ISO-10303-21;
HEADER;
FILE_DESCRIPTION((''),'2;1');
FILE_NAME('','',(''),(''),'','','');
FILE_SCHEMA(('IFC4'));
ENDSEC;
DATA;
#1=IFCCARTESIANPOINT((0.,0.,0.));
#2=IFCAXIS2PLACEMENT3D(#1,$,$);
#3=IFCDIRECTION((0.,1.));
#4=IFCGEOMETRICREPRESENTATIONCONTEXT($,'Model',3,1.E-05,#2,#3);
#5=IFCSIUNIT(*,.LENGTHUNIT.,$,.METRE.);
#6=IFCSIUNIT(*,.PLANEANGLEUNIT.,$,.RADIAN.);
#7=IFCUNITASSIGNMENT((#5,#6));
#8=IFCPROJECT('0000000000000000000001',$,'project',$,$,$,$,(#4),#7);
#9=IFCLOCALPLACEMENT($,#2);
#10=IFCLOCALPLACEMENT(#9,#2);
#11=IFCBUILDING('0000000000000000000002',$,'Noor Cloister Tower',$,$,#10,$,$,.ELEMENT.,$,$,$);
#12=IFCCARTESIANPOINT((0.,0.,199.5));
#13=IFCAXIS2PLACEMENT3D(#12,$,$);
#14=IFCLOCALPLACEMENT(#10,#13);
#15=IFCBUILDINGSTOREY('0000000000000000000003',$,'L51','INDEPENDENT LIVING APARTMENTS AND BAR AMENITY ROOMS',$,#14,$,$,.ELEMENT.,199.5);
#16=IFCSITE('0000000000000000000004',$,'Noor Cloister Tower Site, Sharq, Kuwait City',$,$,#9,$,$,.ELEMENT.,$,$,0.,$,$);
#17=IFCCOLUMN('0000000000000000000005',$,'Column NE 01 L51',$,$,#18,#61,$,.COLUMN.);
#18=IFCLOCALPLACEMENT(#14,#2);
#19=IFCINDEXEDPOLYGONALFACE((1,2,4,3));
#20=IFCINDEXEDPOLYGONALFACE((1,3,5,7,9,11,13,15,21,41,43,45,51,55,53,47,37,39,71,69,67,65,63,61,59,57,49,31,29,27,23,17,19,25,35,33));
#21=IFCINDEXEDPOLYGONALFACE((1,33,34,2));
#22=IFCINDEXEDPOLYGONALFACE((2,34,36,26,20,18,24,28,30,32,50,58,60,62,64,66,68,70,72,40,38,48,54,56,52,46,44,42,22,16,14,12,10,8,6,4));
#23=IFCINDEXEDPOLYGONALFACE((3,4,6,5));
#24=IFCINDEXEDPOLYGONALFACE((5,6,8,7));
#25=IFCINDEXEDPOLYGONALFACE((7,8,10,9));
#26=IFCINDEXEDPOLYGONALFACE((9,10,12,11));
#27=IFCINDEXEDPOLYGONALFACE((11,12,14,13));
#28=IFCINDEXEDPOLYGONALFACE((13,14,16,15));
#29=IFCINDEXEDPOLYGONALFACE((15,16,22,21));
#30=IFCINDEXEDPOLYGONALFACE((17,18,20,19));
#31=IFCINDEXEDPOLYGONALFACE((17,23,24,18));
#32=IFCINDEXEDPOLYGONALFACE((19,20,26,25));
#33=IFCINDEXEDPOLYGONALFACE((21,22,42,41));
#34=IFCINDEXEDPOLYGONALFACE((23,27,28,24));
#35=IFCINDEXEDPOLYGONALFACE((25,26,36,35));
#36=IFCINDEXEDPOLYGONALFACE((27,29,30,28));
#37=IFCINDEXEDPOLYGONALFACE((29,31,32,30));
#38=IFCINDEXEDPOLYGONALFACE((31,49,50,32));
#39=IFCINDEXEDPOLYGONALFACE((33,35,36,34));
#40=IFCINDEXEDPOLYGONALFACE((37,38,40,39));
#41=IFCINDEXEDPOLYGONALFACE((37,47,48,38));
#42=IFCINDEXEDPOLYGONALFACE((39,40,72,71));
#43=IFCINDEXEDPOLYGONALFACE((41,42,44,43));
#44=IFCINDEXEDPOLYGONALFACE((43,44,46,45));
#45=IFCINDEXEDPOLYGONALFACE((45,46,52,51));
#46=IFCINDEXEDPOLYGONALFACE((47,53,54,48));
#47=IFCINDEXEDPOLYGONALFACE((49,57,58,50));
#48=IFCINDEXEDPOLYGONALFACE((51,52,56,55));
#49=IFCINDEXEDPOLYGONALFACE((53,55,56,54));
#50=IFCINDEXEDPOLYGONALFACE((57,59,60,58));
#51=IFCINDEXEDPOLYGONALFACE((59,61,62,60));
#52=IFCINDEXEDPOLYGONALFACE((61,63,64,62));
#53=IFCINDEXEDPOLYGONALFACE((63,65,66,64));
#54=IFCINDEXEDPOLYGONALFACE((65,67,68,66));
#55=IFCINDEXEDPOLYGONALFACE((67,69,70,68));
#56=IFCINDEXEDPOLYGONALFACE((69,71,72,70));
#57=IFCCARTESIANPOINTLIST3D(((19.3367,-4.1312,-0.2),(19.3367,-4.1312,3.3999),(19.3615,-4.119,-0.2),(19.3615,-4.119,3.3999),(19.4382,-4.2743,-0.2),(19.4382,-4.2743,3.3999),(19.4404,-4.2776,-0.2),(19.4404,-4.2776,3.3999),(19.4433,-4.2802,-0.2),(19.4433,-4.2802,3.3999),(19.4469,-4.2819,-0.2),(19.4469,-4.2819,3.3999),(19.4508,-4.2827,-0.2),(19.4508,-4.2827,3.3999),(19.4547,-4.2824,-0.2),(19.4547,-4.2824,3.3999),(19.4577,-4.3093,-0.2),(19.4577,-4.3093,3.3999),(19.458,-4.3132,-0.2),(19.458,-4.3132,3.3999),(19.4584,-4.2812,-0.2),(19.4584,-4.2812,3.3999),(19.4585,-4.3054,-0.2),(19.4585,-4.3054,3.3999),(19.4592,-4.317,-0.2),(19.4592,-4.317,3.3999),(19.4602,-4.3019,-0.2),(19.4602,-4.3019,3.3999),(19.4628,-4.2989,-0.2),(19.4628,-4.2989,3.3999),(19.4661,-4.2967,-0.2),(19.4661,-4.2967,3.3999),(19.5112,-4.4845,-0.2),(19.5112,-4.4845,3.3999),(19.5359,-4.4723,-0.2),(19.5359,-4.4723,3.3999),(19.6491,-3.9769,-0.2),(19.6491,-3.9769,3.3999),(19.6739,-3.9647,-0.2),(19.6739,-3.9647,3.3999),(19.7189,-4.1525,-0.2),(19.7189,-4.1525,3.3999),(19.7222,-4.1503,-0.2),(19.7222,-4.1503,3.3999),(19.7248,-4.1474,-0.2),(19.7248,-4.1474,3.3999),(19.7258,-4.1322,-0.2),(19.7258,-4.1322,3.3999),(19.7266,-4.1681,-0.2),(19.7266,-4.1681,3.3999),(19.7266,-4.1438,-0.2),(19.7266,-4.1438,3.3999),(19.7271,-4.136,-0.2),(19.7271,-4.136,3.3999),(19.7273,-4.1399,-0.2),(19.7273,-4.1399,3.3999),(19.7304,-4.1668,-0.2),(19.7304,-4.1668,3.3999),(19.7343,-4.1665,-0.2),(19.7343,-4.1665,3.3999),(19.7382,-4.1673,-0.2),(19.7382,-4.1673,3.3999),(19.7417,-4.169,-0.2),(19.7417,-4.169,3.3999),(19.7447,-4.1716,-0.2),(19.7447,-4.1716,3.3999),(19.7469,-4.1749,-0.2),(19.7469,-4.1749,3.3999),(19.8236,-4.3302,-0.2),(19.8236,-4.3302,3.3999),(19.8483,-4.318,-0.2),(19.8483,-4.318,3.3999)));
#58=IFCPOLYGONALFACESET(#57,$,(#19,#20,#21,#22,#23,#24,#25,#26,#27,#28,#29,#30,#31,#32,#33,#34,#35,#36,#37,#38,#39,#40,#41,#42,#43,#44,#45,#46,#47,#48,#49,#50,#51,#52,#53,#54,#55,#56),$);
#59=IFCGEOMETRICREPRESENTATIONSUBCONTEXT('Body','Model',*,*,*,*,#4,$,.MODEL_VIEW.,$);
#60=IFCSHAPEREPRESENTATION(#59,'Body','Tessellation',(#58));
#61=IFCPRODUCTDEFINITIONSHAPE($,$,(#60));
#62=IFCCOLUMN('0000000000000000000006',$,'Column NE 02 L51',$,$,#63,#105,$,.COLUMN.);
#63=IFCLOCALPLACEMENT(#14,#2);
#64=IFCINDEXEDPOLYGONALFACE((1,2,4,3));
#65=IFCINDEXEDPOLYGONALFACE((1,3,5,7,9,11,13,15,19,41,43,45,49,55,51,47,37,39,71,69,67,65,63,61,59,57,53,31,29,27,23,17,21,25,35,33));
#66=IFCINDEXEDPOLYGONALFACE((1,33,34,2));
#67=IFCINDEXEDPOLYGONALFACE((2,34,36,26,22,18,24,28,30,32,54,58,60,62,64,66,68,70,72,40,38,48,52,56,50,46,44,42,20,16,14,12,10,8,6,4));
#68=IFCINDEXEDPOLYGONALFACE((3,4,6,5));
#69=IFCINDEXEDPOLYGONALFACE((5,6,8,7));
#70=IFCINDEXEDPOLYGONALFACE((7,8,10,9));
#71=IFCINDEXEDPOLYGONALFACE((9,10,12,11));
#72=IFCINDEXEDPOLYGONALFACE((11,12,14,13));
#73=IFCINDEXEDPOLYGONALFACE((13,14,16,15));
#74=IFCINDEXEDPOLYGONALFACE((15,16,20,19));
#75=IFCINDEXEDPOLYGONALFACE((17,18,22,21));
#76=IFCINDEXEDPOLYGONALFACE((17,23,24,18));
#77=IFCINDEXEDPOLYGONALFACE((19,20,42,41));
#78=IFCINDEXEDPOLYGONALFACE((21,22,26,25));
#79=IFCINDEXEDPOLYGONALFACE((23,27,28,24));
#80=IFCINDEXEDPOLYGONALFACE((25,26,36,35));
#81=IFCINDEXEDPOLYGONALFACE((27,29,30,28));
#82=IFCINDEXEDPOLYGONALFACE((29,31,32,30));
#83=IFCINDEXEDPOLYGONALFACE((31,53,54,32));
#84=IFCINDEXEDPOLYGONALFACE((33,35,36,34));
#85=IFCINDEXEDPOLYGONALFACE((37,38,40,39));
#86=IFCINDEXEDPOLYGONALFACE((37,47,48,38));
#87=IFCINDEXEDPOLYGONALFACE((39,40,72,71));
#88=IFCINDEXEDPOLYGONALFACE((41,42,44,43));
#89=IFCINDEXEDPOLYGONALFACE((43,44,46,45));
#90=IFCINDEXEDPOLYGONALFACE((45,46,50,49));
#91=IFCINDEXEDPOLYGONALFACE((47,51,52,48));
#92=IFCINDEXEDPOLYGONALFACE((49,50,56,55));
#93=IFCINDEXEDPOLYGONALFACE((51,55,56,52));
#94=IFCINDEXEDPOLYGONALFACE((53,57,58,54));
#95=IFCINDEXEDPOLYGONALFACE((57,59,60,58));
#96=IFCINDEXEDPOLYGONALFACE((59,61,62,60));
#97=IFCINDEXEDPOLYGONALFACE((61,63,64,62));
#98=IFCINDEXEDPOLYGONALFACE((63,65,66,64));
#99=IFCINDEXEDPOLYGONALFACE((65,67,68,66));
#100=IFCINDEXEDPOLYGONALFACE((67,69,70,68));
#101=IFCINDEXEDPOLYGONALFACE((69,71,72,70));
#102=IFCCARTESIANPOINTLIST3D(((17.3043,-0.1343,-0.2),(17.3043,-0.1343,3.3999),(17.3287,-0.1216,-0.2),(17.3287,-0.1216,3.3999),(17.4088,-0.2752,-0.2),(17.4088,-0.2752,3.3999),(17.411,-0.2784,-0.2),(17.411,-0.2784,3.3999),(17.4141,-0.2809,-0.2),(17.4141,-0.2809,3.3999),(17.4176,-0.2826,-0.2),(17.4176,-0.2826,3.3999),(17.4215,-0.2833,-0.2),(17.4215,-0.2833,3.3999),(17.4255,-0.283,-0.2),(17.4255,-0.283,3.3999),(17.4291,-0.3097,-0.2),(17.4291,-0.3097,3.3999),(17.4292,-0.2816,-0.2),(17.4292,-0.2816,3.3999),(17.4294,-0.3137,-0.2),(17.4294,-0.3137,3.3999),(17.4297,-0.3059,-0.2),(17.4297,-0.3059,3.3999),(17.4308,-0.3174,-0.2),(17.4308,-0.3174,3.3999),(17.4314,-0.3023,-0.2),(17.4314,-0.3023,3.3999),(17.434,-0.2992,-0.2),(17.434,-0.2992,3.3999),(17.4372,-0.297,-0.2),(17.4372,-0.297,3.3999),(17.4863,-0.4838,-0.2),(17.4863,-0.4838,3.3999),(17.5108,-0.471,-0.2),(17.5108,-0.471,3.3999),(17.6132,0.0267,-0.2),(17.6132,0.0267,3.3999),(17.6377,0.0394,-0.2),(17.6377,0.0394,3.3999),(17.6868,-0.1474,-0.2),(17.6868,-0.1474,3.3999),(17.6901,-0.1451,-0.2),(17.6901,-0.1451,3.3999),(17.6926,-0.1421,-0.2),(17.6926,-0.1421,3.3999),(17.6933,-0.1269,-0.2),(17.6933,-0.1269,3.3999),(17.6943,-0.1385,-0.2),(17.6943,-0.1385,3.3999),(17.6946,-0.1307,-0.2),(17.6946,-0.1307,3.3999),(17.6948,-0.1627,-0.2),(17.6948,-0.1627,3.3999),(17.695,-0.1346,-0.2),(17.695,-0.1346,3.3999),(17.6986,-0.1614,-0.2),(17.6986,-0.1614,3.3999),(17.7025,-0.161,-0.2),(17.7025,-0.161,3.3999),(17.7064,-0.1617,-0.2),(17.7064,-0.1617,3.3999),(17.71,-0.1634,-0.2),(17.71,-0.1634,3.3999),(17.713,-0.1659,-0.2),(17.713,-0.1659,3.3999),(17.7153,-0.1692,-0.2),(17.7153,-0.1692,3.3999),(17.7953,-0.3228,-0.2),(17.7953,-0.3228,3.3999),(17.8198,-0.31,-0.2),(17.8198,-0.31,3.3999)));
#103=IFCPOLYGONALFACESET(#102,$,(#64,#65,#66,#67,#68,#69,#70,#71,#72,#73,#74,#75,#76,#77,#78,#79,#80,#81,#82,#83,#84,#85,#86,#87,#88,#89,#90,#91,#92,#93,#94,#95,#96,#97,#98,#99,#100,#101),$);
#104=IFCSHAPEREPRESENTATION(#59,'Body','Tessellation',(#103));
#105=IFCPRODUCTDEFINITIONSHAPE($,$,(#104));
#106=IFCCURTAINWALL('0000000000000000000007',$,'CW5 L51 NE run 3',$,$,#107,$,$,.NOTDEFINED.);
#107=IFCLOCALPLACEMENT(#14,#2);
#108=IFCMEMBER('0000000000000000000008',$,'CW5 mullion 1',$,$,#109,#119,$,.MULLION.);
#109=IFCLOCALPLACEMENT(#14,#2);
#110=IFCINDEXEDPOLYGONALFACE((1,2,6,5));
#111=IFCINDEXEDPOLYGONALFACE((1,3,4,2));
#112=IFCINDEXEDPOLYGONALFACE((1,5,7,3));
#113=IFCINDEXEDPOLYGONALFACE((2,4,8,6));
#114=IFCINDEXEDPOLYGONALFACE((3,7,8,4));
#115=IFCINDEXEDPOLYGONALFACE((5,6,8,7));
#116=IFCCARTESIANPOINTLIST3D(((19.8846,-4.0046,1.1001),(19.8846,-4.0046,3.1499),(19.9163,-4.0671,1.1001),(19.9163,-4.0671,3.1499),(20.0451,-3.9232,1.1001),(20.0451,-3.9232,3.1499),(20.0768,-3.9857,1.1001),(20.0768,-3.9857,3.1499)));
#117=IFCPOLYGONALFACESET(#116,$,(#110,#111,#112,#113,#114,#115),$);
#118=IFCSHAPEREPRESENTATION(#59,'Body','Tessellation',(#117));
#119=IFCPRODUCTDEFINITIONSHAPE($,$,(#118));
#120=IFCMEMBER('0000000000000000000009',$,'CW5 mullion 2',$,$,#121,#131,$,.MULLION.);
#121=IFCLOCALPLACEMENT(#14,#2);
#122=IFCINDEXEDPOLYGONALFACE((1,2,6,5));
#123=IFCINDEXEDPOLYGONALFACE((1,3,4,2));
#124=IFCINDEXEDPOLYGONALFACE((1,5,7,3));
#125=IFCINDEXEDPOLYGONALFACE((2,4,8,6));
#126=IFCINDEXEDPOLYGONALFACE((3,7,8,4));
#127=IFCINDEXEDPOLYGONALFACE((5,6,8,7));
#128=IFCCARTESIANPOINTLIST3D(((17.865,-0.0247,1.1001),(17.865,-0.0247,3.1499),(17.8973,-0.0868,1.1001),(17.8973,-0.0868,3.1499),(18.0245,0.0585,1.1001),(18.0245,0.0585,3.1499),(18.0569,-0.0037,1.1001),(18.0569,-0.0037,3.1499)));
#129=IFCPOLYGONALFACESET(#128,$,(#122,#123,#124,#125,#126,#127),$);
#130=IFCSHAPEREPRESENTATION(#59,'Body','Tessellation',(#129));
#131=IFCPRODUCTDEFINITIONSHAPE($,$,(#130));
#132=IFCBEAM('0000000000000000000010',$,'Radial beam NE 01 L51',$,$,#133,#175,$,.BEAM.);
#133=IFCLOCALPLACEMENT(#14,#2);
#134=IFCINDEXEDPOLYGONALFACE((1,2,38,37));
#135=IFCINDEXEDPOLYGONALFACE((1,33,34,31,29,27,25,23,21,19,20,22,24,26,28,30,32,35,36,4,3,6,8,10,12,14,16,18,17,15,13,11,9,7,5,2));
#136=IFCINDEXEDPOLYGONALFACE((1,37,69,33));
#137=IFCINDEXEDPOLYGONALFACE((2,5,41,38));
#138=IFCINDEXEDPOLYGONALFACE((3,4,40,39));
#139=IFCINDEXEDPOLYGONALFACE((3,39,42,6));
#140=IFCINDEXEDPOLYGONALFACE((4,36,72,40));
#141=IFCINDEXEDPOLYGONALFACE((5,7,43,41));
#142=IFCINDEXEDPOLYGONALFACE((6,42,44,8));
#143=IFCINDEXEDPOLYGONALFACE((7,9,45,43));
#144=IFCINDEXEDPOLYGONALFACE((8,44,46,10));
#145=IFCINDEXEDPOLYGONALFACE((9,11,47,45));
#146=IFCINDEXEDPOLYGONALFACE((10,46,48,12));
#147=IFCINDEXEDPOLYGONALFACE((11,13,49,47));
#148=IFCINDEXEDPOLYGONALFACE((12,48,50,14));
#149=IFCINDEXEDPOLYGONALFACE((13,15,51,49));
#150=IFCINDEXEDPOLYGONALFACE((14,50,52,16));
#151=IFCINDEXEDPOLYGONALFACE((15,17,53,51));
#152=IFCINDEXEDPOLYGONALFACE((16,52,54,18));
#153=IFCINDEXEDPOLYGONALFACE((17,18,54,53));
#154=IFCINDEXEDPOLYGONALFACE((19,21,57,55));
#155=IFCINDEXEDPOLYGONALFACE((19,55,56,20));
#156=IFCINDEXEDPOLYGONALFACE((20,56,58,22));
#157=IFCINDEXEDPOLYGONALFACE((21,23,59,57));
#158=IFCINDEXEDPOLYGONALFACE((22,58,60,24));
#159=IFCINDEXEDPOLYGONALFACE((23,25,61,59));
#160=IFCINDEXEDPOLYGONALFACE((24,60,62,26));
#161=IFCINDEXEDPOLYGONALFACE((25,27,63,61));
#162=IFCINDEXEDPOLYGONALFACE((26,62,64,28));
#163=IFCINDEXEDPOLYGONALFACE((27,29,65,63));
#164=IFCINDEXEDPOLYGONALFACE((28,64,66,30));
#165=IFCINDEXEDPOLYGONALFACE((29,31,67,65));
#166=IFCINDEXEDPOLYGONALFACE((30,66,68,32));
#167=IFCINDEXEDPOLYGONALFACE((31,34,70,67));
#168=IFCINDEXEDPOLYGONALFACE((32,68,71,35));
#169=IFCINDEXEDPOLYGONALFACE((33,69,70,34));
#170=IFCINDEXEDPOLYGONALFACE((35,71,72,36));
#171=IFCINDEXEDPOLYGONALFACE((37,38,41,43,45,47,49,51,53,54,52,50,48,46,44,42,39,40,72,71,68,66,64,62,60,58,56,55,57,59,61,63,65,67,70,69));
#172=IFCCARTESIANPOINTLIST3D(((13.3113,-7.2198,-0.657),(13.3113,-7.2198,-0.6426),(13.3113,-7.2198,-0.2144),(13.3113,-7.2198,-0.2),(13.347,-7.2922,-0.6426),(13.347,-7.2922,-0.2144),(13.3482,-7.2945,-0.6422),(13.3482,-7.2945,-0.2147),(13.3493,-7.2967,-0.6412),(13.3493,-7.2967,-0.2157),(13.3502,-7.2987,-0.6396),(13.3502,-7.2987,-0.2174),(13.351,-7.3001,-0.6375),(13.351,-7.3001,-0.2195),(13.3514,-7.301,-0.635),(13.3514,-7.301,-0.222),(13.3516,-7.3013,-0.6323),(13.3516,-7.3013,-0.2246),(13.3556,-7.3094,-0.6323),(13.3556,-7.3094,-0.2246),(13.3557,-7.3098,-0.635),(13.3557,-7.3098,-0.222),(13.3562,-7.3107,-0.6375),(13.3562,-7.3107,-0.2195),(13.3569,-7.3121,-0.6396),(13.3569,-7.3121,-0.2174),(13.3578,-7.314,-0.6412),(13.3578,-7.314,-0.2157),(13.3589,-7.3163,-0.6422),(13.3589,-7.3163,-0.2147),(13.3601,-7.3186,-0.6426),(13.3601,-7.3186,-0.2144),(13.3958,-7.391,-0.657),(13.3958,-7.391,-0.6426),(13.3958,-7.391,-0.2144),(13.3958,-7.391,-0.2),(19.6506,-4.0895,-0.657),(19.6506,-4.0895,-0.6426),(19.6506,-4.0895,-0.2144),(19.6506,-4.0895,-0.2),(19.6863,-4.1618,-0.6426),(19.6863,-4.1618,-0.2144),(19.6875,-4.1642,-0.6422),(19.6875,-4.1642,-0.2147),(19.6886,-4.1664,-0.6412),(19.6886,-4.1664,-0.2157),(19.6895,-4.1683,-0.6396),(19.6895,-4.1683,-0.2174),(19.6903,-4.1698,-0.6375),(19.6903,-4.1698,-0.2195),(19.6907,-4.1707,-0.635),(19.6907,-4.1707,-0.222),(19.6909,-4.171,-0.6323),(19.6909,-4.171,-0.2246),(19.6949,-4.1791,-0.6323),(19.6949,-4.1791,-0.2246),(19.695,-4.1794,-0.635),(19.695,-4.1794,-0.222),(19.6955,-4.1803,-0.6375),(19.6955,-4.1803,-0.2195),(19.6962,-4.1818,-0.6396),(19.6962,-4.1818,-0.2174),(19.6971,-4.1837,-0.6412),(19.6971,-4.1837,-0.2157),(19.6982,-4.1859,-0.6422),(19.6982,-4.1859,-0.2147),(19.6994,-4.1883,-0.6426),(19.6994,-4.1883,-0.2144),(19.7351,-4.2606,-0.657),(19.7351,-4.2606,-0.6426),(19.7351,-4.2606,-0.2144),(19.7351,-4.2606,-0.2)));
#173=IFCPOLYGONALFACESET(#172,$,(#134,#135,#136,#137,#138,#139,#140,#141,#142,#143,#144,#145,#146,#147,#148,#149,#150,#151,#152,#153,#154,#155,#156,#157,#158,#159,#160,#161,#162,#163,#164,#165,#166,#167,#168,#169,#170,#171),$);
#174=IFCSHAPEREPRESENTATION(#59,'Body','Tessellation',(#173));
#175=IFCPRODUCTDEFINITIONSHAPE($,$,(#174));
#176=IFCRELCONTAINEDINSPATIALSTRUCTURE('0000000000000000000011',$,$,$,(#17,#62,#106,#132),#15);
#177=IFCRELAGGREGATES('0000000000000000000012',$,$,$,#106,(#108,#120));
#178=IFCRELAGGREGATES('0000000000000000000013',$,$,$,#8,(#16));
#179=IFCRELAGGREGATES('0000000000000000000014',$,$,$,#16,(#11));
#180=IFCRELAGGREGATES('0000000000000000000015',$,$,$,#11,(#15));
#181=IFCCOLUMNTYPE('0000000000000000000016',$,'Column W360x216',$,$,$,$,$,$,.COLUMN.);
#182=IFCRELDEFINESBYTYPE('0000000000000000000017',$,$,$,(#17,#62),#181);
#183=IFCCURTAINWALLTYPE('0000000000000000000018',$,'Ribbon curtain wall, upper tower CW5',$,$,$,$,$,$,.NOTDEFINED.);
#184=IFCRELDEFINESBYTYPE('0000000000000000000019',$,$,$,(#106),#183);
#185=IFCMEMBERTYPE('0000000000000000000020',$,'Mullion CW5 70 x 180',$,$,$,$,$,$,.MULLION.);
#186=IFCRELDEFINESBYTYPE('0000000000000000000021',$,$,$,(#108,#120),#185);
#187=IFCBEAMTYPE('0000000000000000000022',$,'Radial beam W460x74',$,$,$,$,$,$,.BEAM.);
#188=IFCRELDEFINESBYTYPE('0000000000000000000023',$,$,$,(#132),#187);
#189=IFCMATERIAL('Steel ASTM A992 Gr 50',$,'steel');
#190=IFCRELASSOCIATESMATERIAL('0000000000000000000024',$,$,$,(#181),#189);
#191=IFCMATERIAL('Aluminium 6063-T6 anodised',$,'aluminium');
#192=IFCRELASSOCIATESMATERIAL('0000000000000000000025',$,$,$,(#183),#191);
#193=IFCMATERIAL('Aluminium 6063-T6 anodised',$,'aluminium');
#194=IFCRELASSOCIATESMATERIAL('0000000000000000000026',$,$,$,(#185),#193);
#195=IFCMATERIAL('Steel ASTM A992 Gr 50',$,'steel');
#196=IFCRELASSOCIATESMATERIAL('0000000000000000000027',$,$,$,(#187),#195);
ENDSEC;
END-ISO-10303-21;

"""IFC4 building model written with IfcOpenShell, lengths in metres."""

from ifc_helpers import new_model, si_unit, direction, frame, origin, origin_2d, place, context, subcontext, project, spatial, rectangle, i_section, extrude, material, material_profile, profile_set, type_object, element, aggregate, save


model = new_model("IFC4")

# Units and contexts
model_context = context("Model", 3, precision=1e-05, world=origin(), true_north=direction((0.0, 1.0)))
body_context = subcontext(model_context, "Body", "Model", "MODEL_VIEW")
ifc_project = project(units=[si_unit("LENGTHUNIT", "METRE"), si_unit("PLANEANGLEUNIT", "RADIAN")], contexts=[model_context])

# Site, building, storey
site_placement = place(None, origin())
site = spatial("IfcSite", under=ifc_project, at=site_placement, Name="Noor Cloister Tower Site, Sharq, Kuwait City", CompositionType="ELEMENT", RefElevation=0.0)
building_placement = place(site_placement, origin())
building = spatial("IfcBuilding", under=site, at=building_placement, Name="Noor Cloister Tower", CompositionType="ELEMENT")
storey_placement = place(building_placement, frame((0.0, 0.0, 199.5)))
storey = spatial("IfcBuildingStorey", under=building, at=storey_placement, Name="L51", Description="INDEPENDENT LIVING APARTMENTS AND BAR AMENITY ROOMS", CompositionType="ELEMENT", Elevation=199.5)

# Columns
ifc_material_1 = material(Name="Steel ASTM A992 Gr 50", Category="steel")
ifc_material_profile_1 = material_profile(ifc_material_1, i_section(OverallWidth=0.394, OverallDepth=0.376, WebThickness=0.0173, FlangeThickness=0.0276, FilletRadius=0.0151, at=origin_2d()), Name="W360x216")
ifc_profile_set_1 = profile_set([ifc_material_profile_1], Name="Steel ASTM A992 Gr 50")
column_type = type_object("IfcColumnType", Name="Column W360x216", PredefinedType="COLUMN", material=ifc_profile_set_1)
for number, where, z_axis, x_axis, name in (
    (1, (19.5925, -4.2246, -0.2), (0.0, 0.0, 1.0), (-0.442763, 0.896639, 0.0), "Column NE 01 L51"),
    (2, (17.562, -0.2222, -0.2), (0.0, 0.0, 1.0), (-0.462061, 0.886848, 0.0), "Column NE 02 L51"),
):
    element("IfcColumn", number, at=place(storey_placement, frame(where, z_axis=z_axis, x_axis=x_axis)), inside=storey, type_object=column_type, Name=name, PredefinedType="COLUMN", context=body_context, shape_type="SweptSolid", body=[
        extrude(i_section(OverallWidth=0.394, OverallDepth=0.376, WebThickness=0.0173, FlangeThickness=0.0276, FilletRadius=0.0151, at=origin_2d()), origin(), (0.0, 0.0, 1.0), 3.5999),
    ])

# Curtain wall, members
ifc_material_2 = material(Name="Aluminium 6063-T6 anodised", Category="aluminium")
curtain_wall_type = type_object("IfcCurtainWallType", Name="Ribbon curtain wall, upper tower CW5", PredefinedType="NOTDEFINED", material=ifc_material_2)
curtain_wall_placement = place(storey_placement, origin())
curtain_wall = element("IfcCurtainWall", 3, at=curtain_wall_placement, inside=storey, type_object=curtain_wall_type, Name="CW5 L51 NE run 3", PredefinedType="NOTDEFINED")
ifc_material_3 = material(Name="Aluminium 6063-T6 anodised", Category="aluminium")
ifc_material_profile_2 = material_profile(ifc_material_3, rectangle(XDim=0.1799, YDim=0.0701, at=origin_2d()), Name="180 x 70 mullion")
ifc_profile_set_2 = profile_set([ifc_material_profile_2], Name="Aluminium 6063-T6 anodised")
member_type = type_object("IfcMemberType", Name="Mullion CW5 70 x 180", PredefinedType="MULLION", material=ifc_profile_set_2)
member_1_placement = place(storey_placement, frame((19.9807, -3.9951, 1.1001), z_axis=(0.0, 0.0, 1.0), x_axis=(-0.891795, -0.452439, 0.0)))
member_1 = element("IfcMember", 4, at=member_1_placement, type_object=member_type, Name="CW5 mullion 1", PredefinedType="MULLION", context=body_context, shape_type="SweptSolid", body=[
    extrude(rectangle(XDim=0.1799, YDim=0.0701, at=origin_2d()), origin(), (0.0, 0.0, 1.0), 2.0498),
])
member_2_placement = place(storey_placement, frame((17.9609, -0.0142, 1.1001), z_axis=(0.0, 0.0, 1.0), x_axis=(-0.886848, -0.462061, 0.0)))
member_2 = element("IfcMember", 5, at=member_2_placement, type_object=member_type, Name="CW5 mullion 2", PredefinedType="MULLION", context=body_context, shape_type="SweptSolid", body=[
    extrude(rectangle(XDim=0.1799, YDim=0.0701, at=origin_2d()), origin(), (0.0, 0.0, 1.0), 2.0498),
])

# Beam
ifc_material_4 = material(Name="Steel ASTM A992 Gr 50", Category="steel")
ifc_material_profile_3 = material_profile(ifc_material_4, i_section(OverallWidth=0.1909, OverallDepth=0.457, WebThickness=0.009, FlangeThickness=0.0144, FilletRadius=0.0103, at=origin_2d()), Name="W460x74")
ifc_profile_set_3 = profile_set([ifc_material_profile_3], Name="Steel ASTM A992 Gr 50")
beam_type_1 = type_object("IfcBeamType", Name="Radial beam W460x74", PredefinedType="BEAM", material=ifc_profile_set_3)
beam_1_placement = place(storey_placement, frame((19.6929, -4.175, -0.4285), z_axis=(-0.89664, -0.44276, 0.0), x_axis=(0.44276, -0.89664, 0.0)))
element("IfcBeam", 6, at=beam_1_placement, inside=storey, type_object=beam_type_1, Name="Radial beam NE 01 L51", PredefinedType="BEAM", context=body_context, shape_type="SweptSolid", body=[
    extrude(i_section(OverallWidth=0.1909, OverallDepth=0.457, WebThickness=0.009, FlangeThickness=0.0144, FilletRadius=0.0103, at=origin_2d()), origin(), (0.0, 0.0, 1.0), 7.0701),
])

aggregate(curtain_wall, [member_1, member_2])

save(model, "model.ifc")
